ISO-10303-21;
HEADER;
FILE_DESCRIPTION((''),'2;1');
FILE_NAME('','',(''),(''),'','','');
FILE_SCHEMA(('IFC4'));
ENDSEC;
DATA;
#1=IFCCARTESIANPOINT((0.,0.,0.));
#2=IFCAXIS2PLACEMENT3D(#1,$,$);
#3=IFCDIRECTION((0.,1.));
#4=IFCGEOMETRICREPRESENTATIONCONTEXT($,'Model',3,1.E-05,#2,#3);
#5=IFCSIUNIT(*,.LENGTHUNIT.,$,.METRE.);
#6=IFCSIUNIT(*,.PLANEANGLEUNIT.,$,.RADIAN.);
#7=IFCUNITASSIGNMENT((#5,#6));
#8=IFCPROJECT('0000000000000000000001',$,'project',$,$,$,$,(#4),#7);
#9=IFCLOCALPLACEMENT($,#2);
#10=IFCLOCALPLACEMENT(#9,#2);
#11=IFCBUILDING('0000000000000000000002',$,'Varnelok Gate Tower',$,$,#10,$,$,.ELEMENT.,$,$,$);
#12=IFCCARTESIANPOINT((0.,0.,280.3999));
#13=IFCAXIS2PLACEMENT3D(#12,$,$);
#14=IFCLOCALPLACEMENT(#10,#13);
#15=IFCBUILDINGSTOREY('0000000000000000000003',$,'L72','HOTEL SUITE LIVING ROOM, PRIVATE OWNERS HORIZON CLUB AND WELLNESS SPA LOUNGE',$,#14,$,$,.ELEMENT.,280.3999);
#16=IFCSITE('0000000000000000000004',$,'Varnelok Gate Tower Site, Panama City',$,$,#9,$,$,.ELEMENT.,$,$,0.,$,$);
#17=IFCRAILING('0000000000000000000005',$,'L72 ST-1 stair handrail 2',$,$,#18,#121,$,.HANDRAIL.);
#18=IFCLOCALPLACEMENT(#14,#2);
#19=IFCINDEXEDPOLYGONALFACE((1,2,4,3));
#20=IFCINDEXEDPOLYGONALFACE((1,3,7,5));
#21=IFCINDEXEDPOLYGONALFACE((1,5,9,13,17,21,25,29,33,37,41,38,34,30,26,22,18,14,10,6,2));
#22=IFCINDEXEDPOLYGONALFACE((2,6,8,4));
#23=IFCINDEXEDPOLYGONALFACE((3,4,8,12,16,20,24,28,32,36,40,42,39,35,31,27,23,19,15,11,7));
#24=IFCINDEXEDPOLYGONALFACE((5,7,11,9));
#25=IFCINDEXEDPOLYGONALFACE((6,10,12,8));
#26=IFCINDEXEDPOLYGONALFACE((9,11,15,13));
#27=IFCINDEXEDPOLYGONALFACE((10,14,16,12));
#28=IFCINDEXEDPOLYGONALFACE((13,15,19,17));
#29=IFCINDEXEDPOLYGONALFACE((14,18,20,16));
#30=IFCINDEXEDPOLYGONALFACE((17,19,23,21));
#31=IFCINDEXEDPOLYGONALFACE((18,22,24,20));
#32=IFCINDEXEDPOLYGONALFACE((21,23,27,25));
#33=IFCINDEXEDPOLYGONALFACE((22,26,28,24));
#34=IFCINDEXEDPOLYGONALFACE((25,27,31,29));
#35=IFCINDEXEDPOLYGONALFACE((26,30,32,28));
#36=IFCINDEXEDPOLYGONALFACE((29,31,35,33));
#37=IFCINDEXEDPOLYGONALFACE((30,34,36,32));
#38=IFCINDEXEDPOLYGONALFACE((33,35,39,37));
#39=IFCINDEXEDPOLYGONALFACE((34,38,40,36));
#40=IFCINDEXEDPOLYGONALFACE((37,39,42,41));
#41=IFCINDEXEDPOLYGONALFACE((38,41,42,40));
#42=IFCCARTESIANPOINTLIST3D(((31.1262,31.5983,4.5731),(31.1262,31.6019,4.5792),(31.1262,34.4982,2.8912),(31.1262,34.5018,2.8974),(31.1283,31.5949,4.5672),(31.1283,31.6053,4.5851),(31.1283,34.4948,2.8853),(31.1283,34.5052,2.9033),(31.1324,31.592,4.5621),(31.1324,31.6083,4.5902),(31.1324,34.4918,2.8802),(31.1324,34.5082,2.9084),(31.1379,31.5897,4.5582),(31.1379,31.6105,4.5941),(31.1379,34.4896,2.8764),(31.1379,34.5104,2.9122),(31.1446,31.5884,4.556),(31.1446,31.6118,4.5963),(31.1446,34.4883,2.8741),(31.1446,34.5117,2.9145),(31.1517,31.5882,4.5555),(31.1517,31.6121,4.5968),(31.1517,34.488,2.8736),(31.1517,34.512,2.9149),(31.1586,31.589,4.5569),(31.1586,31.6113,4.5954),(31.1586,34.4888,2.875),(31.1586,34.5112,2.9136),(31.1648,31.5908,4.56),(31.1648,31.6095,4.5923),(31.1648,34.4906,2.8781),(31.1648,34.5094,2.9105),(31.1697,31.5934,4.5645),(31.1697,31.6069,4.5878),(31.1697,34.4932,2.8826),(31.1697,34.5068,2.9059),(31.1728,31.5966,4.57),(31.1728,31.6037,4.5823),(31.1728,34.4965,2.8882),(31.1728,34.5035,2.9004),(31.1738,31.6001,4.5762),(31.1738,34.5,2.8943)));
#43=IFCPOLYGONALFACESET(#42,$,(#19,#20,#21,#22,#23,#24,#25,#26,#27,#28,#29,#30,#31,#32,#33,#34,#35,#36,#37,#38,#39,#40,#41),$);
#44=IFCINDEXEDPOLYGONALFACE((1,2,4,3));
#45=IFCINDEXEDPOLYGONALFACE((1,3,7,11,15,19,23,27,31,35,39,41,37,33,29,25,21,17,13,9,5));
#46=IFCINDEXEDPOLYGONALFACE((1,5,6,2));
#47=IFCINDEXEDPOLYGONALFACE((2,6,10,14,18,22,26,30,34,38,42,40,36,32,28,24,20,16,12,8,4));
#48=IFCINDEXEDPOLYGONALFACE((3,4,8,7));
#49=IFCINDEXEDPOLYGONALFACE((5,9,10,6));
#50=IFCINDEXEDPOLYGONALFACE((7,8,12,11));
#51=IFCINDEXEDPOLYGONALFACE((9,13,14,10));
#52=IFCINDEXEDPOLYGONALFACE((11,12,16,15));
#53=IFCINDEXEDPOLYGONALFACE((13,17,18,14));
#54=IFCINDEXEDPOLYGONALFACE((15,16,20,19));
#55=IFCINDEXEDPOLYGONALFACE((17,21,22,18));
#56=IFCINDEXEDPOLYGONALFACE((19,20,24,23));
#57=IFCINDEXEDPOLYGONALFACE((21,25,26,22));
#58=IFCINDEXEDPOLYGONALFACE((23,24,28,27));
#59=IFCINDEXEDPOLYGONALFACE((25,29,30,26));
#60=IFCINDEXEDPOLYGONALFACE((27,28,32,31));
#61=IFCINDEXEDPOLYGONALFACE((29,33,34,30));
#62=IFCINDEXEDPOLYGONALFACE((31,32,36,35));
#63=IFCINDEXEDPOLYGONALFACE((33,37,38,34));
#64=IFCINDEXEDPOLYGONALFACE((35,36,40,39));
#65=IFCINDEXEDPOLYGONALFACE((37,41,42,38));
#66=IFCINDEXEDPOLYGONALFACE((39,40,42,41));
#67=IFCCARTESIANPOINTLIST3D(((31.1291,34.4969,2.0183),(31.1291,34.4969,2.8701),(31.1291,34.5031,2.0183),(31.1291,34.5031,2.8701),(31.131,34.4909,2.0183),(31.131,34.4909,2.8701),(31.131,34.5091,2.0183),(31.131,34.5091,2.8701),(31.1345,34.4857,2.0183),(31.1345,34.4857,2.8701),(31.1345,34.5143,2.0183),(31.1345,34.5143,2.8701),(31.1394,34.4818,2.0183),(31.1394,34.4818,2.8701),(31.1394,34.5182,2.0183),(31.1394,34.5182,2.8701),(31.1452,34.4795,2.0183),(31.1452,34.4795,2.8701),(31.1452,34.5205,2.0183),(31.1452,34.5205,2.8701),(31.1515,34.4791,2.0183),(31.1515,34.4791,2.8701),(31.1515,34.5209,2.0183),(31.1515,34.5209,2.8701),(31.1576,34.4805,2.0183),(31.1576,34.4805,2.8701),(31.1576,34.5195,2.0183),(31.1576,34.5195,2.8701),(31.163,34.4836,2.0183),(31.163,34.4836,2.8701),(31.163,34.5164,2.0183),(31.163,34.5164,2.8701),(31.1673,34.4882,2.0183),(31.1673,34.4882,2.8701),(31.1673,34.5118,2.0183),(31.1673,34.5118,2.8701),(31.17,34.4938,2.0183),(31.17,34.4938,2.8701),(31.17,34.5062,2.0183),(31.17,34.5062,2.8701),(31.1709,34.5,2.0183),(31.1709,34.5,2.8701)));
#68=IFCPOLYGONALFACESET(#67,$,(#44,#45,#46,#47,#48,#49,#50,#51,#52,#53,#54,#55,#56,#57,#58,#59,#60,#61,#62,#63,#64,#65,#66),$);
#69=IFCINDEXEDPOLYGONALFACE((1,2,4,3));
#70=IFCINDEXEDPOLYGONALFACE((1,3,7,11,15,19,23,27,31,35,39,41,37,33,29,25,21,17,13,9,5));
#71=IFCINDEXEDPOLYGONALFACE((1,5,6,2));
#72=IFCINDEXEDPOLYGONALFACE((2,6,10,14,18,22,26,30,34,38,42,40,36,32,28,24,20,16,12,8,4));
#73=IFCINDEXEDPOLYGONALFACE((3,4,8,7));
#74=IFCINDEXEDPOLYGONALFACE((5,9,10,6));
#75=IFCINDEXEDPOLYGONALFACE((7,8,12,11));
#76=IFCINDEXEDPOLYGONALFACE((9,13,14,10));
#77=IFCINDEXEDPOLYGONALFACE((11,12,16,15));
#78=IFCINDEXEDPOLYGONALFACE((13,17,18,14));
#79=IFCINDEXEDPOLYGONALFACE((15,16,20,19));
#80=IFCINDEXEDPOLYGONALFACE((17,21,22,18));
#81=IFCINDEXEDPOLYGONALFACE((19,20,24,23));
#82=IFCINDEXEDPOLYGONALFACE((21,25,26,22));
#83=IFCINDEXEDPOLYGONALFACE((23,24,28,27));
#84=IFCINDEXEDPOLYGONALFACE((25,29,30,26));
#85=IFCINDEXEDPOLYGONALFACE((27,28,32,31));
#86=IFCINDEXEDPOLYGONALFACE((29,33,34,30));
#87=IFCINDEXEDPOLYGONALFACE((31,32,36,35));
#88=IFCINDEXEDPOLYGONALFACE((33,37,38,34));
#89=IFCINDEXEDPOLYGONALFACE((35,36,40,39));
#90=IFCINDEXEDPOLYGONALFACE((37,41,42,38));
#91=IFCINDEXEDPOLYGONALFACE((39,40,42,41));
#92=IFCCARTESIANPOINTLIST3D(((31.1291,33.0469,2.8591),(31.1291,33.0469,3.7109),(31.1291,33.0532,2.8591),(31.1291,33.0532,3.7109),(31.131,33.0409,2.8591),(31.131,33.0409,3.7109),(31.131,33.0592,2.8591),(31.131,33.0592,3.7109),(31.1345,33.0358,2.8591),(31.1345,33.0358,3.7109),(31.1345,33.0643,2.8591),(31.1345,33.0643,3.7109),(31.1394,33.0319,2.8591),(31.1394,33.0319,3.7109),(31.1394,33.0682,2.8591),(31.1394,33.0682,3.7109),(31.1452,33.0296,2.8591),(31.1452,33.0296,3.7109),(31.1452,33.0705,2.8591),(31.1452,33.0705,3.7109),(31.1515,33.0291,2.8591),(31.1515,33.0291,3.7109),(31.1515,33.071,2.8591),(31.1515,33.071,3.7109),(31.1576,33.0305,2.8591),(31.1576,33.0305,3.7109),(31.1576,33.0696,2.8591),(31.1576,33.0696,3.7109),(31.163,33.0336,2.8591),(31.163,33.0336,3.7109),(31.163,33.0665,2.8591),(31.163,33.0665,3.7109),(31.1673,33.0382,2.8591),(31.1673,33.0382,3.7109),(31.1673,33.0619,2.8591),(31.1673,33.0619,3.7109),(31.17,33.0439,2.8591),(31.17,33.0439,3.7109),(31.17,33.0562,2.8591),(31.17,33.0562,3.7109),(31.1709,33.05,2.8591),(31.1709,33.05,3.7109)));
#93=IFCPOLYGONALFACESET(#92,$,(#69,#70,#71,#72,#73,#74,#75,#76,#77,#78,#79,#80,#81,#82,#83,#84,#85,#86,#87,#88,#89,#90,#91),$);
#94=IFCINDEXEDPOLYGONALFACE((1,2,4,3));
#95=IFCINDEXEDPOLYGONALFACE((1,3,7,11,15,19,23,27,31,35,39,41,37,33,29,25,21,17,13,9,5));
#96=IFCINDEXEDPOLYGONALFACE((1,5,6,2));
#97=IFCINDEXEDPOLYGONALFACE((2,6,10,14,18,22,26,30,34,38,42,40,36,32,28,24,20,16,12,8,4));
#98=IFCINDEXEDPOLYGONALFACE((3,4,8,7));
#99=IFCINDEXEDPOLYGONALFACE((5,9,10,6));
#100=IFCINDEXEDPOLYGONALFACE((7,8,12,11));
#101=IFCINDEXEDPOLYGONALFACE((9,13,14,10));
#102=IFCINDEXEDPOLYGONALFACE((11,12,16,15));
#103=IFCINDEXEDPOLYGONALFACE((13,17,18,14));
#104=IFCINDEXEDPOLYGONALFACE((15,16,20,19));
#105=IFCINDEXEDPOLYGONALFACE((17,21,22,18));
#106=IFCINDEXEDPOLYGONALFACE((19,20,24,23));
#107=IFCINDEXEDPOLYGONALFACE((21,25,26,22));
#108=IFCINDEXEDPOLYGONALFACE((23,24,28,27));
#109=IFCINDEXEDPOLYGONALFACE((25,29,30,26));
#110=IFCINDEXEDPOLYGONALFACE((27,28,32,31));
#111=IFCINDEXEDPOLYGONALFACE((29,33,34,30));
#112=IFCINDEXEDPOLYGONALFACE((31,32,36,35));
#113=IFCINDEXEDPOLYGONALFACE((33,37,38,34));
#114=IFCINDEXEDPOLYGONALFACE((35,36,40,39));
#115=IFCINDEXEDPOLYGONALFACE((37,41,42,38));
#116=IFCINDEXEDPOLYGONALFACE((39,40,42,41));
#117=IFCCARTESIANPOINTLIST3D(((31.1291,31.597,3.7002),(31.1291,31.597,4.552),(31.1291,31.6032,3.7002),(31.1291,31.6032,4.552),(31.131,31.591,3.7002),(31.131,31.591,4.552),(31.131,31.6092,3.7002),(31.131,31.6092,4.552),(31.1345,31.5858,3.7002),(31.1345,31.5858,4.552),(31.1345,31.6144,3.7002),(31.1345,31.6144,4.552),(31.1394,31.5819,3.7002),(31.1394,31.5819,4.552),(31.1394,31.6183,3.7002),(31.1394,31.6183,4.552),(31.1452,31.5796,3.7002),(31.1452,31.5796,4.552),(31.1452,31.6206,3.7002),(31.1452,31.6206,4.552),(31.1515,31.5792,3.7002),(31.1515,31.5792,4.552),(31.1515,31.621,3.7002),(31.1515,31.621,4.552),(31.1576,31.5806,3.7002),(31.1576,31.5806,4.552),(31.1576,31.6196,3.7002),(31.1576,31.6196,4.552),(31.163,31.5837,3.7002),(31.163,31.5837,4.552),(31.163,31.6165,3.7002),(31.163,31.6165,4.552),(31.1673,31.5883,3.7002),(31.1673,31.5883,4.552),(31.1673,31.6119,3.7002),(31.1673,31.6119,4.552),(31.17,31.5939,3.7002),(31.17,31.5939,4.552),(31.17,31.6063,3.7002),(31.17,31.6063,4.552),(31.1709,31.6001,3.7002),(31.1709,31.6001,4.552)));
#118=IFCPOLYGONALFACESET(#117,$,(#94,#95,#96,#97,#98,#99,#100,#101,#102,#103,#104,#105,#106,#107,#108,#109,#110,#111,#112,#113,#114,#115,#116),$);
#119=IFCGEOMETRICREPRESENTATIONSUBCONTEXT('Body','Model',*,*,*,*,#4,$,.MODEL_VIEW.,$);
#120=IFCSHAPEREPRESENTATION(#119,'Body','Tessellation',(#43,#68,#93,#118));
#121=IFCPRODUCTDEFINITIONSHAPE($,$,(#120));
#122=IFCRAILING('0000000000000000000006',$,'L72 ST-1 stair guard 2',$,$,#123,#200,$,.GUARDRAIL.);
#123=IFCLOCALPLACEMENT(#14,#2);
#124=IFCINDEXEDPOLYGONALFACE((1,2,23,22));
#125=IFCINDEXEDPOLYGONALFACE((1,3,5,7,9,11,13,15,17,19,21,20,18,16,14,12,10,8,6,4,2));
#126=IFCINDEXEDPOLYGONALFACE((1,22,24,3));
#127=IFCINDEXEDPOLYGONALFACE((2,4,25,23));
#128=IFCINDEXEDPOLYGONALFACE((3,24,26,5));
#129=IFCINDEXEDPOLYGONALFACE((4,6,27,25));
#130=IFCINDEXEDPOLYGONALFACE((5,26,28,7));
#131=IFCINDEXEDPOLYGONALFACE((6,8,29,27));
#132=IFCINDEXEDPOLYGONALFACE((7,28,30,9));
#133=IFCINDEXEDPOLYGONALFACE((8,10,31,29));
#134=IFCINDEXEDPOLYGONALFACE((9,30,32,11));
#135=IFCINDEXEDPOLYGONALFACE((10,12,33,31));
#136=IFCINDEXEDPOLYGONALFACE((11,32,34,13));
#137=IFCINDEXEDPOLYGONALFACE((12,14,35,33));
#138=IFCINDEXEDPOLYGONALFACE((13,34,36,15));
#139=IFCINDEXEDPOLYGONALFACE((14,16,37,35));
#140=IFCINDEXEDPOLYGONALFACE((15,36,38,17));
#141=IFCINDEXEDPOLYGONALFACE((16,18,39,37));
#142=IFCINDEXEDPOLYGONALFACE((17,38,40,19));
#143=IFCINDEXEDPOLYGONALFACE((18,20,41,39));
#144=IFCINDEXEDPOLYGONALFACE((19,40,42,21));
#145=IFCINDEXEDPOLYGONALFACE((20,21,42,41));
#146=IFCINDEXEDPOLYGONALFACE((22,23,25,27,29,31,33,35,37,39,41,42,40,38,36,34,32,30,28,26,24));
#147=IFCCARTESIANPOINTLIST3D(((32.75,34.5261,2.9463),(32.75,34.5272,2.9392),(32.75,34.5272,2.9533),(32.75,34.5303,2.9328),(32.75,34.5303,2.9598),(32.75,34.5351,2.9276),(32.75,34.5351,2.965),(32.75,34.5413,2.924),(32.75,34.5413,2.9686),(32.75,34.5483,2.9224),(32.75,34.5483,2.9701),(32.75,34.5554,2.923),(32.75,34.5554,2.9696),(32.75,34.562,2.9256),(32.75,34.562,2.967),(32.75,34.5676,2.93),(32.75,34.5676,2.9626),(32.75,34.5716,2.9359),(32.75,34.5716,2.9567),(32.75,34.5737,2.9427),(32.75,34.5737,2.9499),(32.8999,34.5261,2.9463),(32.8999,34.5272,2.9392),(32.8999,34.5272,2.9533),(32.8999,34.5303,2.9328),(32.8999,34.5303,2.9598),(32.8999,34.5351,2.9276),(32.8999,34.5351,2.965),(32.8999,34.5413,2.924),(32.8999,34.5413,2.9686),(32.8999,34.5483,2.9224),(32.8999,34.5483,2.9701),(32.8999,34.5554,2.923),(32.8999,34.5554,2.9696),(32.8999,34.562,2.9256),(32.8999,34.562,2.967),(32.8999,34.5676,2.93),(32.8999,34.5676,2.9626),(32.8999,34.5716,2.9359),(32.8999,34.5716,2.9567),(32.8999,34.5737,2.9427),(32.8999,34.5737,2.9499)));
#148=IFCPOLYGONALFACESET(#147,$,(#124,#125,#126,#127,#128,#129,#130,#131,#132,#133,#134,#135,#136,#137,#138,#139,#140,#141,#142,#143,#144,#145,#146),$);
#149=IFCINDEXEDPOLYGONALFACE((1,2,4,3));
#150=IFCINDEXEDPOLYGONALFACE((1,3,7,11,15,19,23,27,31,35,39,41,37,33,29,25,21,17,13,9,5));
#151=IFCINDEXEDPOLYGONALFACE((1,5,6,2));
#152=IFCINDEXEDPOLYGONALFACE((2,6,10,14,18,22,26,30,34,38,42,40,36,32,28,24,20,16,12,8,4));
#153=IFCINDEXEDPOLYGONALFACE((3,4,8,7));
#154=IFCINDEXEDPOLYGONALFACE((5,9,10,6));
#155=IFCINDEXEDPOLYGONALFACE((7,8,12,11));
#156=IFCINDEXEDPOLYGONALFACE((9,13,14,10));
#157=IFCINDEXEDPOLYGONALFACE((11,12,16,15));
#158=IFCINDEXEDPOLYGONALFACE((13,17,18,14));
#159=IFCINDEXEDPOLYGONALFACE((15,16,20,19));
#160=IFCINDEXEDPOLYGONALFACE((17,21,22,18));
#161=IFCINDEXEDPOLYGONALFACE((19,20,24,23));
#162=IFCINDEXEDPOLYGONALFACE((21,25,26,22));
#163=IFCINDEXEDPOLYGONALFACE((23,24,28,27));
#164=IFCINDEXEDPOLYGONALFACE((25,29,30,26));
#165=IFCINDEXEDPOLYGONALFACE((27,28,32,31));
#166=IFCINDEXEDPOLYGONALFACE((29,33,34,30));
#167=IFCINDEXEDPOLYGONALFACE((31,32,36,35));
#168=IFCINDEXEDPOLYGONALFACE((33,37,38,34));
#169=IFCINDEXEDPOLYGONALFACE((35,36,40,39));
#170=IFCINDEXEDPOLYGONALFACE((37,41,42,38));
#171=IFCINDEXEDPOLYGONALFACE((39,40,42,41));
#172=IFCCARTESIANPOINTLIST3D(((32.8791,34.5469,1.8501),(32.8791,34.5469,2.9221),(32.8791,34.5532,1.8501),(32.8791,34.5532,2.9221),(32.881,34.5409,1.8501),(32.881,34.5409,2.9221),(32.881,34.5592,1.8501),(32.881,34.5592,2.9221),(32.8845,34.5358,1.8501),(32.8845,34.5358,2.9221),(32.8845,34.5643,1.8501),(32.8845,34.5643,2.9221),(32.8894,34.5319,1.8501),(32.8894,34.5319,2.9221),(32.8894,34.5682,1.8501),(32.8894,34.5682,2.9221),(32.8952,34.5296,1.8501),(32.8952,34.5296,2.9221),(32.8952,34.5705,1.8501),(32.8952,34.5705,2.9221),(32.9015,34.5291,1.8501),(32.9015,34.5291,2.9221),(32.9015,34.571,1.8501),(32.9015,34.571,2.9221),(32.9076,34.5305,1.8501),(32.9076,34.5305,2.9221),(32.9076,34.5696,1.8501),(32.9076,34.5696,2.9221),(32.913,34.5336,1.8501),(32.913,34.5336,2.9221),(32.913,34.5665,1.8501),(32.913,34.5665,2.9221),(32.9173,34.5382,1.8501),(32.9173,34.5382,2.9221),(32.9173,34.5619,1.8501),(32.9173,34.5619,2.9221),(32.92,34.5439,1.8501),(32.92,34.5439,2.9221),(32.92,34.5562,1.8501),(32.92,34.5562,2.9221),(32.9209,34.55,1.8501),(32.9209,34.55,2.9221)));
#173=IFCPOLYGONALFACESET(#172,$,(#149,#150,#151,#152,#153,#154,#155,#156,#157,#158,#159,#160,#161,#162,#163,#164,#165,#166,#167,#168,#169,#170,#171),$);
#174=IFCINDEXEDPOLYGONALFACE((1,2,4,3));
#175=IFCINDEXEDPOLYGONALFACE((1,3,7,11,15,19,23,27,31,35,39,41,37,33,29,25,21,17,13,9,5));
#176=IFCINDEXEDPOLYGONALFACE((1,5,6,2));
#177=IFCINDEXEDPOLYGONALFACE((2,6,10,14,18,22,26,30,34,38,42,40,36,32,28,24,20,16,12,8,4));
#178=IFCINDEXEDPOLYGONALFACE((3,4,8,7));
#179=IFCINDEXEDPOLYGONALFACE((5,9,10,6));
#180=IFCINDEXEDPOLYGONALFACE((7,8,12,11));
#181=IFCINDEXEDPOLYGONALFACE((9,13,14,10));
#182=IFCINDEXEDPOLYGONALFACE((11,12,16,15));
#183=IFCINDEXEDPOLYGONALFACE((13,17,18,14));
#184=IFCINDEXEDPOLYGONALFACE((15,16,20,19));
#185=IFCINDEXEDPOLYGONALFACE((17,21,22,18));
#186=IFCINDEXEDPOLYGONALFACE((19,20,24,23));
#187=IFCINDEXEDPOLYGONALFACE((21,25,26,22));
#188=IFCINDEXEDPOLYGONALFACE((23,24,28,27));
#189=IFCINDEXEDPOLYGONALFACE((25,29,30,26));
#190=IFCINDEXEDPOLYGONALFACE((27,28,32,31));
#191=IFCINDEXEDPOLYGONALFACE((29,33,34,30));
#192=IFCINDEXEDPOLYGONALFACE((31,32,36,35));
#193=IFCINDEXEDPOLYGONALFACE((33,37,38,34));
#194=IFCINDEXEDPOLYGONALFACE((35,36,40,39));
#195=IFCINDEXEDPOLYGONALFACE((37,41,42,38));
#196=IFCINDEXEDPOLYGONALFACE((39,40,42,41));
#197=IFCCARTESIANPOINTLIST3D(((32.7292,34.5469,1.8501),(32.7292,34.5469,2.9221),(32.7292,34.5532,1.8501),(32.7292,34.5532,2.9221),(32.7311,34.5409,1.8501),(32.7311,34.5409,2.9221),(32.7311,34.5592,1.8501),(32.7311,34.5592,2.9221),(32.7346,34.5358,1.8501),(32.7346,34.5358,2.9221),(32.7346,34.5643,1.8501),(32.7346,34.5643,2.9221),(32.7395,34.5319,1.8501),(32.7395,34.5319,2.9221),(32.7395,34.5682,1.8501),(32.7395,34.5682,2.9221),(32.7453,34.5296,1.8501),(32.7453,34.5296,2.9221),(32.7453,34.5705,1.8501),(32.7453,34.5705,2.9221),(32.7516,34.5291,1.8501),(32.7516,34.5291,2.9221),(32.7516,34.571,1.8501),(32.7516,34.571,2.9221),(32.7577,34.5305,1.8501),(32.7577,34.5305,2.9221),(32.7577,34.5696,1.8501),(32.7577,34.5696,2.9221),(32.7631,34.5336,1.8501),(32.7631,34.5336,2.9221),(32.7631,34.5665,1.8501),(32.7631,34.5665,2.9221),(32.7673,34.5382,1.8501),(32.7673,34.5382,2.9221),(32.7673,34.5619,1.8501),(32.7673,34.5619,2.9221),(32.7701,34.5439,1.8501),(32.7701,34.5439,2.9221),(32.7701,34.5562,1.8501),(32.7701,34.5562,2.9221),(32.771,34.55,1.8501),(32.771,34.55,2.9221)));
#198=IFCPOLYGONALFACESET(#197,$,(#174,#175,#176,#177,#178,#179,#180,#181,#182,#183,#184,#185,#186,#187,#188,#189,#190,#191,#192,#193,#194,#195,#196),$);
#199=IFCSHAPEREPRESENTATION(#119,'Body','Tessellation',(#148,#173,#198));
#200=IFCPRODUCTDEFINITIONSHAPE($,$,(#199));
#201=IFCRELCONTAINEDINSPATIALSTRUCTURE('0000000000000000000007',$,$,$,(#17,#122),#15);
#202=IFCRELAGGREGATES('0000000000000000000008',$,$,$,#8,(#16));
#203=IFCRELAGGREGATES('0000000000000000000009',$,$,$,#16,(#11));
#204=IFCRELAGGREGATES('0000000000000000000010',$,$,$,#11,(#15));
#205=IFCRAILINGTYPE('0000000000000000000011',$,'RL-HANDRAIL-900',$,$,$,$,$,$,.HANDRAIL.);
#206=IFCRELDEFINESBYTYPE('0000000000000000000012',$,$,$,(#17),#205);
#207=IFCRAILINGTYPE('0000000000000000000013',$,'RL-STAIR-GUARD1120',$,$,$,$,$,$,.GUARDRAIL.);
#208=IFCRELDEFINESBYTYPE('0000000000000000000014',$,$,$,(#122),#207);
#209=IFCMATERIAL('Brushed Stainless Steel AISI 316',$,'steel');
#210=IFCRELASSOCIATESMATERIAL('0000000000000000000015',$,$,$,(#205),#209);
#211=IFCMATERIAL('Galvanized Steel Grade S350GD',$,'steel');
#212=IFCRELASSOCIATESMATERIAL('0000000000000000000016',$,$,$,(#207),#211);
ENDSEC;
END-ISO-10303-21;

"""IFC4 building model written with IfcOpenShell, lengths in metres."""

from ifc_helpers import new_model, si_unit, direction, frame, origin, origin_2d, place, context, subcontext, project, spatial, circle, extrude, material, type_object, element, save


model = new_model("IFC4")

# Units and contexts
model_context = context("Model", 3, precision=1e-05, world=origin(), true_north=direction((0.0, 1.0)))
body_context = subcontext(model_context, "Body", "Model", "MODEL_VIEW")
ifc_project = project(units=[si_unit("LENGTHUNIT", "METRE"), si_unit("PLANEANGLEUNIT", "RADIAN")], contexts=[model_context])

# Site, building, storey
site_placement = place(None, origin())
site = spatial("IfcSite", under=ifc_project, at=site_placement, Name="Varnelok Gate Tower Site, Panama City", CompositionType="ELEMENT", RefElevation=0.0)
building_placement = place(site_placement, origin())
building = spatial("IfcBuilding", under=site, at=building_placement, Name="Varnelok Gate Tower", CompositionType="ELEMENT")
storey_placement = place(building_placement, frame((0.0, 0.0, 280.3999)))
storey = spatial("IfcBuildingStorey", under=building, at=storey_placement, Name="L72", Description="HOTEL SUITE LIVING ROOM, PRIVATE OWNERS HORIZON CLUB AND WELLNESS SPA LOUNGE", CompositionType="ELEMENT", Elevation=280.3999)

# Shared definitions
ifc_material_1 = material(Name="Galvanized Steel Grade S350GD", Category="steel")

# Railings
ifc_material_2 = material(Name="Brushed Stainless Steel AISI 316", Category="steel")
railing_type_1 = type_object("IfcRailingType", Name="RL-HANDRAIL-900", PredefinedType="HANDRAIL", material=ifc_material_2)
railing_1_placement = place(storey_placement, frame((31.1499, 34.5, 2.0183)))
element("IfcRailing", 1, at=railing_1_placement, inside=storey, type_object=railing_type_1, Name="L72 ST-1 stair handrail 2", PredefinedType="HANDRAIL", context=body_context, shape_type="SweptSolid", body=[
    extrude(circle(Radius=0.0239, at=origin_2d()), frame((0.0, 0.0, 0.876), z_axis=(0.0, -0.865039, 0.501705), x_axis=(1.0, 0.0, 0.0)), (0.0, 0.0, 1.0), 3.3523),
    extrude(circle(Radius=0.021, at=origin_2d()), origin(), (0.0, 0.0, 1.0), 0.8518),
    extrude(circle(Radius=0.021, at=origin_2d()), frame((0.0, -1.45, 0.8408)), (0.0, 0.0, 1.0), 0.8518),
    extrude(circle(Radius=0.021, at=origin_2d()), frame((0.0, -2.8999, 1.6819)), (0.0, 0.0, 1.0), 0.8518),
])
railing_type_2 = type_object("IfcRailingType", Name="RL-STAIR-GUARD1120", PredefinedType="GUARDRAIL", material=ifc_material_1)
railing_2_placement = place(storey_placement, frame((32.8999, 34.55, 1.8501)))
element("IfcRailing", 2, at=railing_2_placement, inside=storey, type_object=railing_type_2, Name="L72 ST-1 stair guard 2", PredefinedType="GUARDRAIL", context=body_context, shape_type="SweptSolid", body=[
    extrude(circle(Radius=0.0239, at=origin_2d()), frame((0.0, 0.0, 1.0962), z_axis=(-1.0, 0.0, 0.0), x_axis=(0.0, -1.0, 0.0)), (0.0, 0.0, 1.0), 0.1499),
    extrude(circle(Radius=0.021, at=origin_2d()), origin(), (0.0, 0.0, 1.0), 1.072),
    extrude(circle(Radius=0.021, at=origin_2d()), frame((-0.1499, 0.0, 0.0)), (0.0, 0.0, 1.0), 1.072),
])

save(model, "model.ifc")
